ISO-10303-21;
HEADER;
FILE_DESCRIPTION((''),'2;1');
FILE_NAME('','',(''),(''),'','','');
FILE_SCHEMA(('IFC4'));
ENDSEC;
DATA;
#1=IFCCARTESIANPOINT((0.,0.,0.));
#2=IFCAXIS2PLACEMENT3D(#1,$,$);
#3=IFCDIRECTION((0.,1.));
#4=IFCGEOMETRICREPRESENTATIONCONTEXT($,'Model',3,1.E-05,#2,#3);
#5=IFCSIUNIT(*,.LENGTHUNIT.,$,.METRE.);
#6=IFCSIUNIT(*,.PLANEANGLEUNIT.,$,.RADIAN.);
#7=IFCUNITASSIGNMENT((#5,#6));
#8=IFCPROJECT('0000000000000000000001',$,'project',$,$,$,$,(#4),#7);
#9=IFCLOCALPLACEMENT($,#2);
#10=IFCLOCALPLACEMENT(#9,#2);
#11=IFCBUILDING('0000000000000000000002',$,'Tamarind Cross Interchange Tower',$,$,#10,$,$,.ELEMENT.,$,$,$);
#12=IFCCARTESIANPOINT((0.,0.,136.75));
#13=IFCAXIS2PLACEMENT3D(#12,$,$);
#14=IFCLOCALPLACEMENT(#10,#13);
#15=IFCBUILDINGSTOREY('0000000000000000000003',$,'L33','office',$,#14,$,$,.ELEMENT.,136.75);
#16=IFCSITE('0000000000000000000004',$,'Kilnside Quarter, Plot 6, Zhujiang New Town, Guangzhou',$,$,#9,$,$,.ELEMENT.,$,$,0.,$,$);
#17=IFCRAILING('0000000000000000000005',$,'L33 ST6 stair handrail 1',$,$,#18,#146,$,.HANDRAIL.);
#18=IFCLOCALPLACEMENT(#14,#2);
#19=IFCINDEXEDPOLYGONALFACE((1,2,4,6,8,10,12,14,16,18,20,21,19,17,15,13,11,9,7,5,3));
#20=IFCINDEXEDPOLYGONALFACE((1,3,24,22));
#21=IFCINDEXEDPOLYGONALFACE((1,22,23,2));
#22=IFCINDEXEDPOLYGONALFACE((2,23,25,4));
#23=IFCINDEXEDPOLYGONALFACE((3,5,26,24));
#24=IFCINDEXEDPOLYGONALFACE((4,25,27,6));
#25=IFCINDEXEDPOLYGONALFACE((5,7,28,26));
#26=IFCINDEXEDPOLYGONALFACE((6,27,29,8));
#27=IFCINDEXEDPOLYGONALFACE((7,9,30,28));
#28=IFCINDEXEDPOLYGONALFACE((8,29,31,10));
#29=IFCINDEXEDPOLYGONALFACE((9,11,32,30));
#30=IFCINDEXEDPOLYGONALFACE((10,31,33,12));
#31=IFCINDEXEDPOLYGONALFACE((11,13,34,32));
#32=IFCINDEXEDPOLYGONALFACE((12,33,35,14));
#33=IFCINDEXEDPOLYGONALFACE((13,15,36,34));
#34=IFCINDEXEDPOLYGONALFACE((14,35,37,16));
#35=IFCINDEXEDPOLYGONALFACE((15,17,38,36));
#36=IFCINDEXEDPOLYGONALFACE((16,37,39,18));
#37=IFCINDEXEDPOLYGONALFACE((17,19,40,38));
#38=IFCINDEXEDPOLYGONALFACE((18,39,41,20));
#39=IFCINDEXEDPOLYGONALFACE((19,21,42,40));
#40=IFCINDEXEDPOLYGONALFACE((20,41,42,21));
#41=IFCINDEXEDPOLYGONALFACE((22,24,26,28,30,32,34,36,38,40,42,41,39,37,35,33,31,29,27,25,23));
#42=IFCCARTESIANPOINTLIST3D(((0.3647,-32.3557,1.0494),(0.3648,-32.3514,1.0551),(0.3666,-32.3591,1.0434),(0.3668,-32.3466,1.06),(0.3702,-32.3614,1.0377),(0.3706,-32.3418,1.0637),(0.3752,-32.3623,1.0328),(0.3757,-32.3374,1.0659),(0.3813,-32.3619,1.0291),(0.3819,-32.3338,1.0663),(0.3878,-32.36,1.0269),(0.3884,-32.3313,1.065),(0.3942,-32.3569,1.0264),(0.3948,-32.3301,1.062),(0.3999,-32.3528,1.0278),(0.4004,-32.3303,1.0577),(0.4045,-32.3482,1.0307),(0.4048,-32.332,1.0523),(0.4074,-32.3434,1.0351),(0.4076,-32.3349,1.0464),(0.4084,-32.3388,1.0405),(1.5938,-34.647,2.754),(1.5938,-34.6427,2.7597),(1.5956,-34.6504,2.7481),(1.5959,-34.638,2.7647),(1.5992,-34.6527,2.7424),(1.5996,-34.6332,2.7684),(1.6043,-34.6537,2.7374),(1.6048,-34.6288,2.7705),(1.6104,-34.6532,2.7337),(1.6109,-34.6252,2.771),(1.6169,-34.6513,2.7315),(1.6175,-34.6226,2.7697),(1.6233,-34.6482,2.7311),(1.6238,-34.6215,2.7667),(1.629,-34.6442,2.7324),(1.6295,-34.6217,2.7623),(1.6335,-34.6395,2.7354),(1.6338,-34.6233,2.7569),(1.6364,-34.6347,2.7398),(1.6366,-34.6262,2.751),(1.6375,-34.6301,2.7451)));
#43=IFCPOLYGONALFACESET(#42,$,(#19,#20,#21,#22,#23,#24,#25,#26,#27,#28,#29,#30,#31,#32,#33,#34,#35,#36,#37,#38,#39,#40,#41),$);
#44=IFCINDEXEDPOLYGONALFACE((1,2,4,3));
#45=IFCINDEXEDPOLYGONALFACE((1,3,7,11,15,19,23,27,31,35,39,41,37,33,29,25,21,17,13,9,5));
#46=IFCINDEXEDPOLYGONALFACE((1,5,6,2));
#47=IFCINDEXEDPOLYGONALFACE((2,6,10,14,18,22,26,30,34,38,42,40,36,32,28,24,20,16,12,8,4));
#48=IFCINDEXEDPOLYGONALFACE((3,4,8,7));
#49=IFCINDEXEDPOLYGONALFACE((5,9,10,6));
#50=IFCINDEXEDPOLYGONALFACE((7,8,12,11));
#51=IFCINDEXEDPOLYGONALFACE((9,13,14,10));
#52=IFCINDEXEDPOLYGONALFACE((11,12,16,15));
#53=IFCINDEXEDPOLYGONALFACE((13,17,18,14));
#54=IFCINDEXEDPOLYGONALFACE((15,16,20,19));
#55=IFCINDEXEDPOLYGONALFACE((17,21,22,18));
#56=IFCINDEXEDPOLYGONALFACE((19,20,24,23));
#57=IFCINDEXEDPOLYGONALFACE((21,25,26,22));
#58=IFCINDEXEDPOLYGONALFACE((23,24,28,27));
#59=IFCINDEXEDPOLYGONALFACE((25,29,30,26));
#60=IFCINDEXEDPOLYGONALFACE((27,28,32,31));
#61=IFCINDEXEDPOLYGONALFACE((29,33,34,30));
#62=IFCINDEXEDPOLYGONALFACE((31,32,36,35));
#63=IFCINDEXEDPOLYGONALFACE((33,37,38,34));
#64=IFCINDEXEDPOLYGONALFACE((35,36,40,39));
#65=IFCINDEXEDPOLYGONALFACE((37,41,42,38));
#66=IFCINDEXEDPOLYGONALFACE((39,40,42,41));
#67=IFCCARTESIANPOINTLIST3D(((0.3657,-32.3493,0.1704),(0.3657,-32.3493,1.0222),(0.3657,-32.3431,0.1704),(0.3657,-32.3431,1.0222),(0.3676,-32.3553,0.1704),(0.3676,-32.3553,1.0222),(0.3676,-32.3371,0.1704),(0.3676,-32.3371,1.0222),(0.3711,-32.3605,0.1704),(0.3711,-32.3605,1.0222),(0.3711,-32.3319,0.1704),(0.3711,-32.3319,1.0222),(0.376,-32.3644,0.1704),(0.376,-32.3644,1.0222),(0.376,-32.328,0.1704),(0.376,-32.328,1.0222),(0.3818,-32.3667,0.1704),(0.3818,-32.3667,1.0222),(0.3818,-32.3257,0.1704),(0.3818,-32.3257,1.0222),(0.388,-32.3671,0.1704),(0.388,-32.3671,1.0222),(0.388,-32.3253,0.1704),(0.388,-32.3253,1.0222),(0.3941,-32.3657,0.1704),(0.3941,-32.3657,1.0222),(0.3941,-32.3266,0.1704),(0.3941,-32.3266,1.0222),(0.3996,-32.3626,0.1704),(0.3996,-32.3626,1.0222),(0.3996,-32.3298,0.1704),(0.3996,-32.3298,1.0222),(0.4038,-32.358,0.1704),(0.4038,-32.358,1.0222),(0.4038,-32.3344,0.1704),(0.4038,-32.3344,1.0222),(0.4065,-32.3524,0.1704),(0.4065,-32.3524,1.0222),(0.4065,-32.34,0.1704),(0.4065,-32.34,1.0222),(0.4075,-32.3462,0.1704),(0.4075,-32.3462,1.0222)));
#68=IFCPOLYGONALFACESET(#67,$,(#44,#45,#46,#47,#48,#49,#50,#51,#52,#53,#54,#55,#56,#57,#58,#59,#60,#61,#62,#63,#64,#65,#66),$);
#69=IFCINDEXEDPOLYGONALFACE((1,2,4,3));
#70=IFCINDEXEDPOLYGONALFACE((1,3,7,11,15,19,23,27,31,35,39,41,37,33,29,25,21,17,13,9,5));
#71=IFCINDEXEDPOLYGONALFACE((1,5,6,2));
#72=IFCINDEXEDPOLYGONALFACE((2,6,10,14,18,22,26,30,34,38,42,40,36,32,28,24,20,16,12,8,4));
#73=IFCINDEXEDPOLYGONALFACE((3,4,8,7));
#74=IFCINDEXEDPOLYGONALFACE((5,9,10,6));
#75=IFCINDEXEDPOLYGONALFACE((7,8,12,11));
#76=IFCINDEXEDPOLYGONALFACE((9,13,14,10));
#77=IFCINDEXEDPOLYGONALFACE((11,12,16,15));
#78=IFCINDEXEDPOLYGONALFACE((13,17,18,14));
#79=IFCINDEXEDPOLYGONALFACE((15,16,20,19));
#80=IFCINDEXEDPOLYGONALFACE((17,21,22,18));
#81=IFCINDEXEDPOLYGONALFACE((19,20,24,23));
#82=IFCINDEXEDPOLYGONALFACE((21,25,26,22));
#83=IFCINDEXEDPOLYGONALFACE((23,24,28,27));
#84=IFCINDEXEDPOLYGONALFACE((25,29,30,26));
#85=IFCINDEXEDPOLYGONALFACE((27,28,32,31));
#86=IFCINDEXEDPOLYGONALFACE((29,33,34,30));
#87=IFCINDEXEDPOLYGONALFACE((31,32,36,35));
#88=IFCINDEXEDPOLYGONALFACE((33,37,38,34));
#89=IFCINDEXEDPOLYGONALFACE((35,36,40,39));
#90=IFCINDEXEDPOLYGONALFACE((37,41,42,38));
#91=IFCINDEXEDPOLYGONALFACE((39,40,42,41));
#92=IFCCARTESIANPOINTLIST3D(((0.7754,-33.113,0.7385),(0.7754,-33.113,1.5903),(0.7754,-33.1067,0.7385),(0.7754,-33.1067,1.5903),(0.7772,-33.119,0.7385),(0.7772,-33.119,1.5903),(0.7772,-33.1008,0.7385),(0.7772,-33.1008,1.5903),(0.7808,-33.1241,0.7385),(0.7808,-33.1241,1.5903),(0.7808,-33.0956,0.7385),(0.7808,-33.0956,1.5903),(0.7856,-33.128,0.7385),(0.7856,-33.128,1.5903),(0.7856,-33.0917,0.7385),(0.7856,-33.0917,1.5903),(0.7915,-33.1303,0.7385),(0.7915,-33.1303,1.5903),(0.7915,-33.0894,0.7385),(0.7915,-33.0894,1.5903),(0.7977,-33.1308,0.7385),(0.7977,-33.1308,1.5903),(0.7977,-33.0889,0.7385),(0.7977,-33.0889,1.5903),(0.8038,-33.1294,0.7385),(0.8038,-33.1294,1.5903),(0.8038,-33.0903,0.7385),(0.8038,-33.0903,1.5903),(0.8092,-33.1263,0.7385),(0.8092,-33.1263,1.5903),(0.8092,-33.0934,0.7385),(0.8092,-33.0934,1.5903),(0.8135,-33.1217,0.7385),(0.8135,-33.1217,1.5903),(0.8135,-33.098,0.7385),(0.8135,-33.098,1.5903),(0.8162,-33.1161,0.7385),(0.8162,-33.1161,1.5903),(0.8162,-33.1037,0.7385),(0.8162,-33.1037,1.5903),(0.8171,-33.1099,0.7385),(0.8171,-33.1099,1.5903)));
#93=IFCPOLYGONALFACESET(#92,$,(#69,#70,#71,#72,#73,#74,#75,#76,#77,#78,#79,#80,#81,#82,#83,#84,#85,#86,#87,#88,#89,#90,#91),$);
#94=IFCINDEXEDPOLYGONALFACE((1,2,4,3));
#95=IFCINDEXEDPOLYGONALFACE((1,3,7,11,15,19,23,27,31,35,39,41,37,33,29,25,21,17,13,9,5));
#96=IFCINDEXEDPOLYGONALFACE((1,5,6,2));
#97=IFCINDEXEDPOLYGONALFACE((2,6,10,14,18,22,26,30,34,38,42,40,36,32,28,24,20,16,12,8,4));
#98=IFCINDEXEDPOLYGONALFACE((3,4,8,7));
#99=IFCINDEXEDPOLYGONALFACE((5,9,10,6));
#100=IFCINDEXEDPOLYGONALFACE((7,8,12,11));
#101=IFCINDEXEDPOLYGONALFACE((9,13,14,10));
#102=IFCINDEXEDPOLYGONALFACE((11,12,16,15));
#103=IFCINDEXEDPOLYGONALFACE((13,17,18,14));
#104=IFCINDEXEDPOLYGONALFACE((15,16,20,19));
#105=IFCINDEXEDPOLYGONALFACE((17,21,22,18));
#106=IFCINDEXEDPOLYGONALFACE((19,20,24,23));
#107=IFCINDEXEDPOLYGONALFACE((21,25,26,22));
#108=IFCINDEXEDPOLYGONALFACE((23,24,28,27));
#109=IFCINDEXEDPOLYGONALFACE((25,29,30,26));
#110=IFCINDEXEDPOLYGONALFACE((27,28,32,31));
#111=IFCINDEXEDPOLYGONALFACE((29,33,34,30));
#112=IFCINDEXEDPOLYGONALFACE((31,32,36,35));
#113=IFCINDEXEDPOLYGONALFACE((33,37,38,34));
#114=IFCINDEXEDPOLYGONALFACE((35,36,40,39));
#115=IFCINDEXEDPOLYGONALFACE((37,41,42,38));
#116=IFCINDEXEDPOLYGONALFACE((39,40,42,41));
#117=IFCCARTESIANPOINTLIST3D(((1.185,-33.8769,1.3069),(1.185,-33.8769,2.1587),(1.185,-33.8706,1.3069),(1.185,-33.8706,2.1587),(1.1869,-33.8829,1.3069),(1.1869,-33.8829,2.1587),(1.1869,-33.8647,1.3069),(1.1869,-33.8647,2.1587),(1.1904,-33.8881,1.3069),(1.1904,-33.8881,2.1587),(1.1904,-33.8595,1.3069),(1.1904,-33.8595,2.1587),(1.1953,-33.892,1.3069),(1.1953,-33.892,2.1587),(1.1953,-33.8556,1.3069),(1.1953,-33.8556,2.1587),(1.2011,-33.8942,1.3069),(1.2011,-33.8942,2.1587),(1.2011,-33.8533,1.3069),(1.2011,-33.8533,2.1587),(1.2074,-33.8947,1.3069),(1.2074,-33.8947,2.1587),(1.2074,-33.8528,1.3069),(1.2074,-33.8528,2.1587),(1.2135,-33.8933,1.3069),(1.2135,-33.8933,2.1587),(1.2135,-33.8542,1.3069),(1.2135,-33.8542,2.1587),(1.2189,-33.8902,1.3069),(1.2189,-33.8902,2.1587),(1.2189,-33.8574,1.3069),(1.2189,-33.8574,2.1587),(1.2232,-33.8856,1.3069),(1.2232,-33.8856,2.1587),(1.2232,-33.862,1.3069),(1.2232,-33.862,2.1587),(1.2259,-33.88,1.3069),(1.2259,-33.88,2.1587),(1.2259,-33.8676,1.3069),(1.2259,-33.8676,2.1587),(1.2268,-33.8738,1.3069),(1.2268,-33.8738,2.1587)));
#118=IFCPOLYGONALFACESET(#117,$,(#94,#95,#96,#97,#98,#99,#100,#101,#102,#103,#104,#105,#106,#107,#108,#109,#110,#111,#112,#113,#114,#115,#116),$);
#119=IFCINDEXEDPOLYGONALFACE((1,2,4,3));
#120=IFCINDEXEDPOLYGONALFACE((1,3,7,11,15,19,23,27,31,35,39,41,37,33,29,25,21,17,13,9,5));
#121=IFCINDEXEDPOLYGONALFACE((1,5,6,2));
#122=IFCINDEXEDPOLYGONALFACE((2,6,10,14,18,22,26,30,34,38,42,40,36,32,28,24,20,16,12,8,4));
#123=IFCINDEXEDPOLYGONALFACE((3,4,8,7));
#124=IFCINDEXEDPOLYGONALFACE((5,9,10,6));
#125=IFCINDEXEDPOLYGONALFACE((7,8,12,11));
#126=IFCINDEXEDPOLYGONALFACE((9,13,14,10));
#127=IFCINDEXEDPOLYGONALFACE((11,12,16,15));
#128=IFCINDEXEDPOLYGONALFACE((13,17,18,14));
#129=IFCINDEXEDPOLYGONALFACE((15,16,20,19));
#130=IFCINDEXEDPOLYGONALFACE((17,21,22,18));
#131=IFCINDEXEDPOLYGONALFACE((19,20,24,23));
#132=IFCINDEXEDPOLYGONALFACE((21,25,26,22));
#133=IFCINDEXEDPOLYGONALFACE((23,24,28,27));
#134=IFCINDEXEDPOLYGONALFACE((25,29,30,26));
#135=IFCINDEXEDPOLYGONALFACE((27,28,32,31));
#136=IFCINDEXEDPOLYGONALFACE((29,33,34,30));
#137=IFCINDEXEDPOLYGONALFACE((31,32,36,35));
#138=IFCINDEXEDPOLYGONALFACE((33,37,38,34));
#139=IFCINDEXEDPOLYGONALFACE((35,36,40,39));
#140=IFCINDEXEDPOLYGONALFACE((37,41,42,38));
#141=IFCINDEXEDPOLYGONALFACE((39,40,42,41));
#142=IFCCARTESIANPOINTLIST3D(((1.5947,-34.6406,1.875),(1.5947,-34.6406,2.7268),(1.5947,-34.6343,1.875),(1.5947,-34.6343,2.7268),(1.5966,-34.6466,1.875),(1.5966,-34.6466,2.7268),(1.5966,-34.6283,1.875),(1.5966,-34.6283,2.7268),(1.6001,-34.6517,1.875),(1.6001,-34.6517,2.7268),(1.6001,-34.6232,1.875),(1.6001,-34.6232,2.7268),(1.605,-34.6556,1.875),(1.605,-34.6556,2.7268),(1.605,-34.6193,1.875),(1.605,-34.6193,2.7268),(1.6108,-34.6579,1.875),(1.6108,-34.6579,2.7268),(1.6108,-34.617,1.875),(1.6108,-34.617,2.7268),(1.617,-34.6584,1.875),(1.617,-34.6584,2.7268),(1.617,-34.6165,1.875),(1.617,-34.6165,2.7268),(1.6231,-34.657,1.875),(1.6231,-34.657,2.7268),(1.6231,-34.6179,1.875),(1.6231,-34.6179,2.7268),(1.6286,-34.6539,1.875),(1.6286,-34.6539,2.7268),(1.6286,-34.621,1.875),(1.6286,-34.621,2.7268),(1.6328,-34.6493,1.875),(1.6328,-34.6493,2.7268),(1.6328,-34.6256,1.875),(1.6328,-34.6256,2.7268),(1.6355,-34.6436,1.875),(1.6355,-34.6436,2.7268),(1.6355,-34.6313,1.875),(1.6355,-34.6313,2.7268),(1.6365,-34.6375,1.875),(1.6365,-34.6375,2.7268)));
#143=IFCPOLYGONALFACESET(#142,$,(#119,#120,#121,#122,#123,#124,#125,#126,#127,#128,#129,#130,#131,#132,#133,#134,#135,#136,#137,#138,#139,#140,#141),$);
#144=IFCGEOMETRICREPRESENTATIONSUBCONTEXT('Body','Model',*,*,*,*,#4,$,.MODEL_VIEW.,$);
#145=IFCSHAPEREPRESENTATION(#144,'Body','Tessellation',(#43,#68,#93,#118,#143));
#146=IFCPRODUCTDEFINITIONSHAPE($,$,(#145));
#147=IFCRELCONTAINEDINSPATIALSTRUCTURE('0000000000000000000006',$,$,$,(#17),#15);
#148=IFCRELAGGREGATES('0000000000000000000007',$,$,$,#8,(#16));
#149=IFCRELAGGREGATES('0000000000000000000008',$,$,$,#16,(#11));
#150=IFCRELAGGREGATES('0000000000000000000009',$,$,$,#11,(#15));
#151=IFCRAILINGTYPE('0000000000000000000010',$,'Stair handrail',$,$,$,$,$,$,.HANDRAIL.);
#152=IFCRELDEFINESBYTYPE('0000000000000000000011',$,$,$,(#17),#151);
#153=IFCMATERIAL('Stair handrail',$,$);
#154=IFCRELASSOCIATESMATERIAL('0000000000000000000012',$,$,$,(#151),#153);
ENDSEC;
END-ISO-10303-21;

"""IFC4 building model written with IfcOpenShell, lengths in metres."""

from ifc_helpers import new_model, si_unit, direction, frame, origin, origin_2d, place, context, subcontext, project, spatial, circle, extrude, material, type_object, element, save


model = new_model("IFC4")

# Units and contexts
model_context = context("Model", 3, precision=1e-05, world=origin(), true_north=direction((0.0, 1.0)))
body_context = subcontext(model_context, "Body", "Model", "MODEL_VIEW")
ifc_project = project(units=[si_unit("LENGTHUNIT", "METRE"), si_unit("PLANEANGLEUNIT", "RADIAN")], contexts=[model_context])

# Site, building, storey
site_placement = place(None, origin())
site = spatial("IfcSite", under=ifc_project, at=site_placement, Name="Kilnside Quarter, Plot 6, Zhujiang New Town, Guangzhou", CompositionType="ELEMENT", RefElevation=0.0)
building_placement = place(site_placement, origin())
building = spatial("IfcBuilding", under=site, at=building_placement, Name="Tamarind Cross Interchange Tower", CompositionType="ELEMENT")
storey_placement = place(building_placement, frame((0.0, 0.0, 136.75)))
storey = spatial("IfcBuildingStorey", under=building, at=storey_placement, Name="L33", Description="office", CompositionType="ELEMENT", Elevation=136.75)

# Railing
ifc_material_1 = material(Name="Stair handrail")
railing_type_1 = type_object("IfcRailingType", Name="Stair handrail", PredefinedType="HANDRAIL", material=ifc_material_1)
railing_1_placement = place(storey_placement, frame((0.3865, -32.3462, 0.1704)))
element("IfcRailing", 1, at=railing_1_placement, inside=storey, type_object=railing_type_1, Name="L33 ST6 stair handrail 1", PredefinedType="HANDRAIL", context=body_context, shape_type="SweptSolid", body=[
    extrude(circle(Radius=0.0239, at=origin_2d()), frame((0.0, 0.0, 0.876), z_axis=(0.395304, -0.736974, 0.548274), x_axis=(0.881233, 0.472683, 0.0)), (0.0, 0.0, 1.0), 3.1091),
    extrude(circle(Radius=0.021, at=origin_2d()), origin(), (0.0, 0.0, 1.0), 0.8518),
    extrude(circle(Radius=0.021, at=origin_2d()), frame((0.4097, -0.7637, 0.5681)), (0.0, 0.0, 1.0), 0.8518),
    extrude(circle(Radius=0.021, at=origin_2d()), frame((0.8193, -1.5276, 1.1365)), (0.0, 0.0, 1.0), 0.8518),
    extrude(circle(Radius=0.021, at=origin_2d()), frame((1.229, -2.2913, 1.7046)), (0.0, 0.0, 1.0), 0.8518),
])

save(model, "model.ifc")
